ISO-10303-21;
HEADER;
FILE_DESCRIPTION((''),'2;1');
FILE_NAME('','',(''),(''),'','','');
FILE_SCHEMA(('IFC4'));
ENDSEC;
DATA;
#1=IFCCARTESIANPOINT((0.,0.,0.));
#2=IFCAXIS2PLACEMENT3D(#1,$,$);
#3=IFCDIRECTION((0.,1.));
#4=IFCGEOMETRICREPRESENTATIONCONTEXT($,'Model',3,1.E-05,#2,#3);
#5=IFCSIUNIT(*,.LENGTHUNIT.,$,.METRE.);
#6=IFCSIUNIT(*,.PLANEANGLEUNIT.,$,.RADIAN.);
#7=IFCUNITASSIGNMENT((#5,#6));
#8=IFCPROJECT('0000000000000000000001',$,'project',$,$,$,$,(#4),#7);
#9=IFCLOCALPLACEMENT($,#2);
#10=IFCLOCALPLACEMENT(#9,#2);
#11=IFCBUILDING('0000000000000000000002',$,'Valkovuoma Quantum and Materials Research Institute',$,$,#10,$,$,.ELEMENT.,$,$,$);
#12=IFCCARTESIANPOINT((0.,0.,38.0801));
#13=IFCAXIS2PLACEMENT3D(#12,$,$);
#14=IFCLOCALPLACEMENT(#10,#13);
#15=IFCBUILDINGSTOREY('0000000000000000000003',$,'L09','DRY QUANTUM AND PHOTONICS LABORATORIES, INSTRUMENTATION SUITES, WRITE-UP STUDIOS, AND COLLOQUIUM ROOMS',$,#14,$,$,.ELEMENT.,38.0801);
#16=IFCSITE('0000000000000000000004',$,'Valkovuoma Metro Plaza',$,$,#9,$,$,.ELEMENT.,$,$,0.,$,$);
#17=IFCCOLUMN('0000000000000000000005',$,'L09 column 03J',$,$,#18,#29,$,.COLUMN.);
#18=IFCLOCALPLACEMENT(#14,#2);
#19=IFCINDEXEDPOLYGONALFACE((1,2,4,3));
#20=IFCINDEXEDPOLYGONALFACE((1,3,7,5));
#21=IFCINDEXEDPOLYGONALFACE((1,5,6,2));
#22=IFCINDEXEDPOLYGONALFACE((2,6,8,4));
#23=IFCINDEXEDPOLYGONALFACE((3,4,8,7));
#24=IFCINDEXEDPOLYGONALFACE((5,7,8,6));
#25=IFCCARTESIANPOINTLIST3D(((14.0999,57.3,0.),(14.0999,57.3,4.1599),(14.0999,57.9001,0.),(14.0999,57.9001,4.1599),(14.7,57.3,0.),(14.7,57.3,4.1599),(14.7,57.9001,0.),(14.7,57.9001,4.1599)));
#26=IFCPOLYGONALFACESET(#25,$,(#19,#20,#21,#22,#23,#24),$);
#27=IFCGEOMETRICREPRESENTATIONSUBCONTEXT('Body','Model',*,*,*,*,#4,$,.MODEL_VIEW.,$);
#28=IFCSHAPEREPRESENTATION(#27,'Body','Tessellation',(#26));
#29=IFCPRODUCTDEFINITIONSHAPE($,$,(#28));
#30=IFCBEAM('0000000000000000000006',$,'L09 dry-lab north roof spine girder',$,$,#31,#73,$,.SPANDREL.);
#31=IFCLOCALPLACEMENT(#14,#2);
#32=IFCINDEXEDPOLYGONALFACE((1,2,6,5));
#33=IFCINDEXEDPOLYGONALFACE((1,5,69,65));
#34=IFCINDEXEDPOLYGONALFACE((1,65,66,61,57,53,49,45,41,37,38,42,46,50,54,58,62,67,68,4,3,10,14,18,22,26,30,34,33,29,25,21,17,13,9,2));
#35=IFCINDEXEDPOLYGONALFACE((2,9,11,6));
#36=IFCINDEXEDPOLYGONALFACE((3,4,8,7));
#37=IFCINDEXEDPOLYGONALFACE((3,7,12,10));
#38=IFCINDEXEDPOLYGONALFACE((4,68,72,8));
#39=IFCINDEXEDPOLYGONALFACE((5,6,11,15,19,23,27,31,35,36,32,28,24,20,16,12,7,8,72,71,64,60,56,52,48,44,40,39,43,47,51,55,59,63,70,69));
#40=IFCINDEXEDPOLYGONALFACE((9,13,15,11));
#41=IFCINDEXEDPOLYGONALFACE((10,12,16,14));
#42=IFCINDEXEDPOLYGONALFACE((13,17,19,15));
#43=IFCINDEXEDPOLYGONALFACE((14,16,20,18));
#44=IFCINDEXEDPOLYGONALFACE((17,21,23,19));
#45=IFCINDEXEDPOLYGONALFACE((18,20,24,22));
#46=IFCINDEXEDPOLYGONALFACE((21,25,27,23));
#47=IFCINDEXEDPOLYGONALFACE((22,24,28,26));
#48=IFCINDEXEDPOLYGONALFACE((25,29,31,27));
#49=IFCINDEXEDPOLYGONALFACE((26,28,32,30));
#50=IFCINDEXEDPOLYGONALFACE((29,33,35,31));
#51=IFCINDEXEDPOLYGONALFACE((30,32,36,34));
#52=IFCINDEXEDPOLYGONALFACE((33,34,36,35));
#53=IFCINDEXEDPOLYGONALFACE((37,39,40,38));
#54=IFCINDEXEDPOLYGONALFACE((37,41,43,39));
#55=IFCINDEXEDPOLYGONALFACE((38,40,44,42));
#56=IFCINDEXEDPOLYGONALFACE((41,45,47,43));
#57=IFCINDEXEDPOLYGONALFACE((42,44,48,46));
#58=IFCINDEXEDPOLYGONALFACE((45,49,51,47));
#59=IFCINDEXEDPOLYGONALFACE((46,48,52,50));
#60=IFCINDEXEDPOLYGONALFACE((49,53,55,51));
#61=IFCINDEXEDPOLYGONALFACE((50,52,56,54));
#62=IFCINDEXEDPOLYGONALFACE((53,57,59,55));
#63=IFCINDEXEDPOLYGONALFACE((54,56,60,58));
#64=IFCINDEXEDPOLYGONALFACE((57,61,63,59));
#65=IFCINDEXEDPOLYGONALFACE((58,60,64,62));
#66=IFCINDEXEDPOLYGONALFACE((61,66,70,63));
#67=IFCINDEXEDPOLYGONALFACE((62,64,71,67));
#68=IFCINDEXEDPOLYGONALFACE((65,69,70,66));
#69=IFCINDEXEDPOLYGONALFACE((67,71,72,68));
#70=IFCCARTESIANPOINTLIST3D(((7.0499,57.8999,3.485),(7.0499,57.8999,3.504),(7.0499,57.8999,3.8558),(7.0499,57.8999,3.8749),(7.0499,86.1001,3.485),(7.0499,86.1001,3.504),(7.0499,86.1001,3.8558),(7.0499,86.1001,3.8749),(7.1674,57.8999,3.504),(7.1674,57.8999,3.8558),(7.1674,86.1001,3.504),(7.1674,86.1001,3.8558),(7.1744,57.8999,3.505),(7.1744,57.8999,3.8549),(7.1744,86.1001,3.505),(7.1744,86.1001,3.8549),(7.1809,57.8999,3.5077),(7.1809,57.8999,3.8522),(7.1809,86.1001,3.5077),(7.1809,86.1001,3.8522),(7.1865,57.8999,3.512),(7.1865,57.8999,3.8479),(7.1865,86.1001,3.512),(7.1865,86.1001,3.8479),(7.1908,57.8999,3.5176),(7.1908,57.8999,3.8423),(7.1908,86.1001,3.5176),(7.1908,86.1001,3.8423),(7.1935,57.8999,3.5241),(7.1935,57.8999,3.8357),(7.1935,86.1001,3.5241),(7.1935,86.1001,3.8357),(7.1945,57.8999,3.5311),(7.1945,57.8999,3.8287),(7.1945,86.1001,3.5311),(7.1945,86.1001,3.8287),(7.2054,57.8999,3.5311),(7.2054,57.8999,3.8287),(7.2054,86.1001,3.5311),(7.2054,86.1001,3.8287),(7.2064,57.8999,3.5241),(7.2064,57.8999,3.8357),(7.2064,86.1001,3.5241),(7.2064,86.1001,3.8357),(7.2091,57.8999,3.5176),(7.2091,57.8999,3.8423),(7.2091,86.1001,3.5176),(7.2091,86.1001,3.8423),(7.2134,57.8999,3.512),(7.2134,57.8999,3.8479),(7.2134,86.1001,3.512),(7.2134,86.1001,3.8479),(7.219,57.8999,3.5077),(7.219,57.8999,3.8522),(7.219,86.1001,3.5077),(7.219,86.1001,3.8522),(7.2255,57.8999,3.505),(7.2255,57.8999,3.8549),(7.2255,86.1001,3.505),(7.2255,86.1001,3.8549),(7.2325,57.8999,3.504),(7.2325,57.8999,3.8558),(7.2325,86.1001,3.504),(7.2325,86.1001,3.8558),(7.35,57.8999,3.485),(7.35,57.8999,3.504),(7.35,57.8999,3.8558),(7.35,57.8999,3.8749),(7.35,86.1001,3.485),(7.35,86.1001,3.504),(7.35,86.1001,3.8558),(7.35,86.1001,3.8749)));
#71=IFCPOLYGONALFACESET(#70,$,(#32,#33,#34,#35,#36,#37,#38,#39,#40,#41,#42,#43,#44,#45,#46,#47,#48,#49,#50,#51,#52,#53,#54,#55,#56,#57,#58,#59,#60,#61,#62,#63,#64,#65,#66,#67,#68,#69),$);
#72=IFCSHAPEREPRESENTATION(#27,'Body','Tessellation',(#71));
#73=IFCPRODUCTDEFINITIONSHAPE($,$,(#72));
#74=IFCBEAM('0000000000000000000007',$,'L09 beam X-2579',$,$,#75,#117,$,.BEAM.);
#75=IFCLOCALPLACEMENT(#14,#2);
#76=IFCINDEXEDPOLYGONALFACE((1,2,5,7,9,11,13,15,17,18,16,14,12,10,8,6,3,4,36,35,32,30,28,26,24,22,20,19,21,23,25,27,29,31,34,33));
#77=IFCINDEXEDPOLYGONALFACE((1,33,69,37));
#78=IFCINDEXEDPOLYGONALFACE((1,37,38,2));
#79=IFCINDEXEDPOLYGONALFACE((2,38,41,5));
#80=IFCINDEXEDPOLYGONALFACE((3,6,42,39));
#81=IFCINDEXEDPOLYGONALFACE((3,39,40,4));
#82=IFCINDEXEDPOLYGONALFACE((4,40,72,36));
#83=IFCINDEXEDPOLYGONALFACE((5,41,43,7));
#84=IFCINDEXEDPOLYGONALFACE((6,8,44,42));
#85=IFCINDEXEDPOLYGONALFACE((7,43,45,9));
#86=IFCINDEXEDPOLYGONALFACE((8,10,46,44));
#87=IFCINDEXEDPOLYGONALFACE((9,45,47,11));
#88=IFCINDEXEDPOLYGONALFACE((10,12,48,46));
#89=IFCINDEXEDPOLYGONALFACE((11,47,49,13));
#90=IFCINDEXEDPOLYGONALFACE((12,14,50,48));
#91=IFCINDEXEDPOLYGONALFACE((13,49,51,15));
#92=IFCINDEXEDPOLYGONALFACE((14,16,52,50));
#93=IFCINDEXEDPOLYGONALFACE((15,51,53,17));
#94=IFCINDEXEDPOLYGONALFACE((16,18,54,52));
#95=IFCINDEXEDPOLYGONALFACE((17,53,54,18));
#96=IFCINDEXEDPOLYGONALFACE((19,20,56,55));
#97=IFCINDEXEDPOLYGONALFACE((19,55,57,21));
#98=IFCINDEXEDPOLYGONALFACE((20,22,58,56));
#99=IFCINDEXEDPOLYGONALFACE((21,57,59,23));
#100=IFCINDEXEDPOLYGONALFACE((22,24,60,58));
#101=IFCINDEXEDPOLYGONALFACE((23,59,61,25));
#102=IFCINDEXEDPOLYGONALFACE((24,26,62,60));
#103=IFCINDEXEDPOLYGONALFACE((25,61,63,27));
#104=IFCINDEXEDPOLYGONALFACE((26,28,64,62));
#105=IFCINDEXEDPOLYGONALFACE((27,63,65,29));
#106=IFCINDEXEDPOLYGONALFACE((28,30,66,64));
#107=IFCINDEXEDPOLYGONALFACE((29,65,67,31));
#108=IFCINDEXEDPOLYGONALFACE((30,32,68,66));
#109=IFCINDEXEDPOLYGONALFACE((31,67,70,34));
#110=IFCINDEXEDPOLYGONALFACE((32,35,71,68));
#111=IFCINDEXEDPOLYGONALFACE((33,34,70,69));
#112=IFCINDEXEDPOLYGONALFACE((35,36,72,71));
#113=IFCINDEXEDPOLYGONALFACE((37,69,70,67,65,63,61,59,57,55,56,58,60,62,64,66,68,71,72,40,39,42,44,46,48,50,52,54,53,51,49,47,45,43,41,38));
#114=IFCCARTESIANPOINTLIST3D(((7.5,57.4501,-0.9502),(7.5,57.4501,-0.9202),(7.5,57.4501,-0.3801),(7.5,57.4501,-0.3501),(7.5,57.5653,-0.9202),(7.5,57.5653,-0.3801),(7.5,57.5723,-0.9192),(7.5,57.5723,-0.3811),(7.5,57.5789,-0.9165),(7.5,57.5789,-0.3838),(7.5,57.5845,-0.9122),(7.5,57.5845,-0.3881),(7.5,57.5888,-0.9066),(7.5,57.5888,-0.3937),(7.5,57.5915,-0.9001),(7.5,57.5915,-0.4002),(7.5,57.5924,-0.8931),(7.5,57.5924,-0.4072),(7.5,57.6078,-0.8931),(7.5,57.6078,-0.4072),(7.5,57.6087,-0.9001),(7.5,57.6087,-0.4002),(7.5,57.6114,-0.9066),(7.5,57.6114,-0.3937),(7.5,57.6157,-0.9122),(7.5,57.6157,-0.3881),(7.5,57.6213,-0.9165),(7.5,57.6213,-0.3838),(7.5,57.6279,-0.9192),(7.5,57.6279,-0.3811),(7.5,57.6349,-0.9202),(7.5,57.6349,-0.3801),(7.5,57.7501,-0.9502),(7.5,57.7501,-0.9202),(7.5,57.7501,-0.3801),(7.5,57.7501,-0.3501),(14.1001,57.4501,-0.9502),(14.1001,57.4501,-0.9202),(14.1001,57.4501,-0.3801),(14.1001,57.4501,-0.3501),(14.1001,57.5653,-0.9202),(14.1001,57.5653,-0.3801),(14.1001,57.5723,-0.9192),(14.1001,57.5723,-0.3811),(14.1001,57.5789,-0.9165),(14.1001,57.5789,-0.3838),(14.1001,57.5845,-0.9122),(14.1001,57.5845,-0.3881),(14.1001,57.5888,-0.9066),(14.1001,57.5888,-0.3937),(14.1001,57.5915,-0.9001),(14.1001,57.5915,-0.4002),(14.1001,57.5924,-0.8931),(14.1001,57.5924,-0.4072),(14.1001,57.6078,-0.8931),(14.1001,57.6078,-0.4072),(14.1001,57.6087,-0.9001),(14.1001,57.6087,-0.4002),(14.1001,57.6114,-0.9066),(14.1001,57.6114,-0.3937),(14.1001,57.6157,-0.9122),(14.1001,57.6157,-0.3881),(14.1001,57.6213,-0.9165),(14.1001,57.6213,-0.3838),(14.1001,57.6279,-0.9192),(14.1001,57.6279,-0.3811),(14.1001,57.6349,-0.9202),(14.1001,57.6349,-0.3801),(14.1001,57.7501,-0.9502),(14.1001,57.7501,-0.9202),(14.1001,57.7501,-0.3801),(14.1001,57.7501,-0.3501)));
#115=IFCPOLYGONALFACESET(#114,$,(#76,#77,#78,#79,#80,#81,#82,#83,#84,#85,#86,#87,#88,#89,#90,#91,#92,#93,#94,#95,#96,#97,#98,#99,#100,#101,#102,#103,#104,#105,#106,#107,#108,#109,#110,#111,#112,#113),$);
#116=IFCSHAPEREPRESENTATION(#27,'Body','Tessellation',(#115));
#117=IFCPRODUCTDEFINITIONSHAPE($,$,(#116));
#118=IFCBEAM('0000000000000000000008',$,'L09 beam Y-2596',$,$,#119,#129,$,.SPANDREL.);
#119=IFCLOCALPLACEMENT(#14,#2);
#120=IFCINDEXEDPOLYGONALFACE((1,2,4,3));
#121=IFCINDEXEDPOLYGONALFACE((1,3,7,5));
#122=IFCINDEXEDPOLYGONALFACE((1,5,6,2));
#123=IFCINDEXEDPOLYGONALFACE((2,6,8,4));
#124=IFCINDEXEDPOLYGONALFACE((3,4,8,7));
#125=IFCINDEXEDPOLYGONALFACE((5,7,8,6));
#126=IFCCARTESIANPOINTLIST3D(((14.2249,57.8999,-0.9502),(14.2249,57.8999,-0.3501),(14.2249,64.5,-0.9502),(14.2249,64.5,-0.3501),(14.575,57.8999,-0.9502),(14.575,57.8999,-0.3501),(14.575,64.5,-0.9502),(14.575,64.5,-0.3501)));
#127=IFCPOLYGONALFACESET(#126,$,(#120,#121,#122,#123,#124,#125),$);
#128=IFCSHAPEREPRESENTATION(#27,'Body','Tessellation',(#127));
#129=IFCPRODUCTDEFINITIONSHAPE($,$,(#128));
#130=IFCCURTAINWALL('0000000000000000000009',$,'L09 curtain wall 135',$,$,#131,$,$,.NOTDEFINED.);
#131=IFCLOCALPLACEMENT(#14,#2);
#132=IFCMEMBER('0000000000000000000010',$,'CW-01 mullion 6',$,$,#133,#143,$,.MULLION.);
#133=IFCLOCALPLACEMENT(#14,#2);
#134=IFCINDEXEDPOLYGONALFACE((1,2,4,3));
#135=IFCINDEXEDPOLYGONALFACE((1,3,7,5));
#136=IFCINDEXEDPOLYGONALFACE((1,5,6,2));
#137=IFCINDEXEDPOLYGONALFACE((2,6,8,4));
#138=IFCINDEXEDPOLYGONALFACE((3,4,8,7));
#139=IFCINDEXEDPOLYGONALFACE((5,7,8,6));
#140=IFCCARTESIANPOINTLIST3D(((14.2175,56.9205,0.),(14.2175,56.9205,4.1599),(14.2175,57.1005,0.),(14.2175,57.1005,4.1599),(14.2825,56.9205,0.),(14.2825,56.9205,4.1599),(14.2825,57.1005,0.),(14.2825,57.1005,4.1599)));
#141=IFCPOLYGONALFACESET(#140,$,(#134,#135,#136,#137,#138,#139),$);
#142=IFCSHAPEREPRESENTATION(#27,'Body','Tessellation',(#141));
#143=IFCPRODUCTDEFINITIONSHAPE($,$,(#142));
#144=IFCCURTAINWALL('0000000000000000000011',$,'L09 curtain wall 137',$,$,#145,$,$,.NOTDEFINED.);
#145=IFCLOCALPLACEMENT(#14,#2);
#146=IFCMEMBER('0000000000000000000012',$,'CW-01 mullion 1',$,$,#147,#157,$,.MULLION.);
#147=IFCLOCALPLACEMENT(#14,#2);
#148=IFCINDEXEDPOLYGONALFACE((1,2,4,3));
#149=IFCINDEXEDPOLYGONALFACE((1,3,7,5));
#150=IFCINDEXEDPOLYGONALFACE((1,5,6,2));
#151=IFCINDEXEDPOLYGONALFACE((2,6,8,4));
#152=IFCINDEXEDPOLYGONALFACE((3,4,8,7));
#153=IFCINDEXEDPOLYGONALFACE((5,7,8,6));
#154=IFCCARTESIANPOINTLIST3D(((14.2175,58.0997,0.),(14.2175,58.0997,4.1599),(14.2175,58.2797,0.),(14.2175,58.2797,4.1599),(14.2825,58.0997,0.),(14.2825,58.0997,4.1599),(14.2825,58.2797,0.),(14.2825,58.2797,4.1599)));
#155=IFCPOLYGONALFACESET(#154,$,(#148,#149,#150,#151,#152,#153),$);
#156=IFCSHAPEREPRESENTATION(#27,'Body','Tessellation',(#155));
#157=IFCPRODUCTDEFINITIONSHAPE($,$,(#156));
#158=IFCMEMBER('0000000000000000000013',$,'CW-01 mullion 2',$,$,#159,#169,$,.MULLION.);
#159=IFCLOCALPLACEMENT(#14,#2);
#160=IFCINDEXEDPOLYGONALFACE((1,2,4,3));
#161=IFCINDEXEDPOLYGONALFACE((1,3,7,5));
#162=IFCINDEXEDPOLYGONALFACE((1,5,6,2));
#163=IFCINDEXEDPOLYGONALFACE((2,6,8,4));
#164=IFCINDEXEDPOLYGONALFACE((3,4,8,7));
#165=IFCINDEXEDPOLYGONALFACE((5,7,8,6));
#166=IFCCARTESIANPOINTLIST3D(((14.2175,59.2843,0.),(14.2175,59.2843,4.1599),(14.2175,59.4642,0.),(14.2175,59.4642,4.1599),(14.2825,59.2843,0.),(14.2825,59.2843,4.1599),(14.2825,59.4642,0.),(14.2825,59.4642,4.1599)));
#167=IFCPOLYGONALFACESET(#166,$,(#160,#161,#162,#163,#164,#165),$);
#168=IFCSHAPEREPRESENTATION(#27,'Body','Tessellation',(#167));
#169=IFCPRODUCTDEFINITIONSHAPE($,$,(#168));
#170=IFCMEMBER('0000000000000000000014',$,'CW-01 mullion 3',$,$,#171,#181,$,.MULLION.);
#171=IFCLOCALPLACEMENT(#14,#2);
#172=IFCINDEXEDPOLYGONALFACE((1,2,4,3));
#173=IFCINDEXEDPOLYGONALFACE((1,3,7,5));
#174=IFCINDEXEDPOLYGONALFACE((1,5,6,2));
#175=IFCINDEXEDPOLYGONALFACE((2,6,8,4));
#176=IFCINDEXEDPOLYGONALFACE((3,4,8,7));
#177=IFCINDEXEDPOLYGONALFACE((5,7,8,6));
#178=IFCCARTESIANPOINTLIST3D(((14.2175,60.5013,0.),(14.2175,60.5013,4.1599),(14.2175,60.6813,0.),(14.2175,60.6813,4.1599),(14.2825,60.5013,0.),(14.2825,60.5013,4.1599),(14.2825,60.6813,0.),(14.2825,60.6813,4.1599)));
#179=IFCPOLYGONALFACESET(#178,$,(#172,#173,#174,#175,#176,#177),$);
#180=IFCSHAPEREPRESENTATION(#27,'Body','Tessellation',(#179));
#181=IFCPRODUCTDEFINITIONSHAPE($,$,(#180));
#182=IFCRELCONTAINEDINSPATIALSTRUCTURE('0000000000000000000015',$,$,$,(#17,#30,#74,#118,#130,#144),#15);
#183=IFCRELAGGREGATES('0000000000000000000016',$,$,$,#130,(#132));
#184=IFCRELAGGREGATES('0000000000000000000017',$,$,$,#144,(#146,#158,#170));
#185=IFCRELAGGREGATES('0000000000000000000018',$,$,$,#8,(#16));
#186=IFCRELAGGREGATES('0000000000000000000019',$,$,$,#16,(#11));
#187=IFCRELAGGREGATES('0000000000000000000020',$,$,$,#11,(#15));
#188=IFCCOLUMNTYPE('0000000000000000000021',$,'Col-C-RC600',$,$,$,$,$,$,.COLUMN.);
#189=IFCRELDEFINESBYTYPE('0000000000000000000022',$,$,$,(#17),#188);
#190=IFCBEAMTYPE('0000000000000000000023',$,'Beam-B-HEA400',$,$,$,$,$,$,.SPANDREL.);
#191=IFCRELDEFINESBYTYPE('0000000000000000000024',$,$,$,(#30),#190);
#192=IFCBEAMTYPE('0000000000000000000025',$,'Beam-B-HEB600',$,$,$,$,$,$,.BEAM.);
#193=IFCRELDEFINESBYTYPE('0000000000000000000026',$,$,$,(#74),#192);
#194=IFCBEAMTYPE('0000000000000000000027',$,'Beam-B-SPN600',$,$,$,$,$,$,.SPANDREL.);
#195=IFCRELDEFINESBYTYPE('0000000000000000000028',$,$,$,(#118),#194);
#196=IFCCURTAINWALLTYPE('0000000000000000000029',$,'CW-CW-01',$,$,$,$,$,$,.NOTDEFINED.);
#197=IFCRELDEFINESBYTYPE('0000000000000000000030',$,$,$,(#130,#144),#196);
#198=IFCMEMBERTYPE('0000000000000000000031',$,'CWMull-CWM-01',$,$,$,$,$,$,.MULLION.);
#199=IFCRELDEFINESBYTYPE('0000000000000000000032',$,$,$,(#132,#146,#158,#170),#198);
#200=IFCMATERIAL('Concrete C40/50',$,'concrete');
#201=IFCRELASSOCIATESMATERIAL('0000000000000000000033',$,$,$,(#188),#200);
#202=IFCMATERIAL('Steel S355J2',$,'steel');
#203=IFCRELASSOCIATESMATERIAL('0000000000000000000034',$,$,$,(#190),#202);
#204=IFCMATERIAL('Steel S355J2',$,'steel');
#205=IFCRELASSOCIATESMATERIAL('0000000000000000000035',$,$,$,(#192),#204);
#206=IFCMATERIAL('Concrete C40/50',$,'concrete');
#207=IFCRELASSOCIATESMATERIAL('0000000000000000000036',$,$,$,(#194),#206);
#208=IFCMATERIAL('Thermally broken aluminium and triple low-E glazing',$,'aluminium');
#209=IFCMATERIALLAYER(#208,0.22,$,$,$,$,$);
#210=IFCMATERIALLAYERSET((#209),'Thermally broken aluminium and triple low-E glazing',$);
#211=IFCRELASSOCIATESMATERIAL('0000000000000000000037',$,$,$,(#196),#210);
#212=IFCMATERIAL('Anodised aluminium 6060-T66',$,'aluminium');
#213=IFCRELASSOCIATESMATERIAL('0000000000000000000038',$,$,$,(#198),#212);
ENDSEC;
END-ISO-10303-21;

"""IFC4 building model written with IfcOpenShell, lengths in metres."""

from ifc_helpers import new_model, si_unit, direction, frame, origin, origin_2d, place, context, subcontext, project, spatial, rectangle, i_section, extrude, material, layer, layer_set, material_profile, profile_set, type_object, element, aggregate, save


model = new_model("IFC4")

# Units and contexts
model_context = context("Model", 3, precision=1e-05, world=origin(), true_north=direction((0.0, 1.0)))
body_context = subcontext(model_context, "Body", "Model", "MODEL_VIEW")
ifc_project = project(units=[si_unit("LENGTHUNIT", "METRE"), si_unit("PLANEANGLEUNIT", "RADIAN")], contexts=[model_context])

# Site, building, storey
site_placement = place(None, origin())
site = spatial("IfcSite", under=ifc_project, at=site_placement, Name="Valkovuoma Metro Plaza", CompositionType="ELEMENT", RefElevation=0.0)
building_placement = place(site_placement, origin())
building = spatial("IfcBuilding", under=site, at=building_placement, Name="Valkovuoma Quantum and Materials Research Institute", CompositionType="ELEMENT")
storey_placement = place(building_placement, frame((0.0, 0.0, 38.0801)))
storey = spatial("IfcBuildingStorey", under=building, at=storey_placement, Name="L09", Description="DRY QUANTUM AND PHOTONICS LABORATORIES, INSTRUMENTATION SUITES, WRITE-UP STUDIOS, AND COLLOQUIUM ROOMS", CompositionType="ELEMENT", Elevation=38.0801)

# Column
ifc_material_1 = material(Name="Concrete C40/50", Category="concrete")
ifc_material_profile_1 = material_profile(ifc_material_1, rectangle(XDim=0.6001, YDim=0.6001, at=origin_2d()), Name="Concrete C40/50")
ifc_profile_set_1 = profile_set([ifc_material_profile_1], Name="Concrete C40/50")
column_type = type_object("IfcColumnType", Name="Col-C-RC600", PredefinedType="COLUMN", material=ifc_profile_set_1)
column_placement = place(storey_placement, frame((14.3999, 57.6001, 0.0), z_axis=(0.0, 0.0, 1.0), x_axis=(1.0, 0.0, 0.0)))
element("IfcColumn", 1, at=column_placement, inside=storey, type_object=column_type, Name="L09 column 03J", PredefinedType="COLUMN", context=body_context, shape_type="SweptSolid", body=[
    extrude(rectangle(XDim=0.6001, YDim=0.6001, at=origin_2d()), origin(), (0.0, 0.0, 1.0), 4.1599),
])

# Beams
ifc_material_2 = material(Name="Steel S355J2", Category="steel")
ifc_material_profile_2 = material_profile(ifc_material_2, i_section(OverallWidth=0.3, OverallDepth=0.3899, WebThickness=0.011, FlangeThickness=0.019, FilletRadius=0.0271, at=origin_2d()), Name="Steel S355J2")
ifc_profile_set_2 = profile_set([ifc_material_profile_2], Name="Steel S355J2")
beam_type_1 = type_object("IfcBeamType", Name="Beam-B-HEA400", PredefinedType="SPANDREL", material=ifc_profile_set_2)
beam_1_placement = place(storey_placement, frame((7.2, 57.8999, 3.6799), z_axis=(0.0, 1.0, 0.0), x_axis=(-1.0, 0.0, 0.0)))
element("IfcBeam", 2, at=beam_1_placement, inside=storey, type_object=beam_type_1, Name="L09 dry-lab north roof spine girder", PredefinedType="SPANDREL", context=body_context, shape_type="SweptSolid", body=[
    extrude(i_section(OverallWidth=0.3, OverallDepth=0.3899, WebThickness=0.011, FlangeThickness=0.019, FilletRadius=0.0271, at=origin_2d()), origin(), (0.0, 0.0, 1.0), 28.2002),
])
ifc_material_3 = material(Name="Steel S355J2", Category="steel")
ifc_material_profile_3 = material_profile(ifc_material_3, i_section(OverallWidth=0.3, OverallDepth=0.6001, WebThickness=0.0154, FlangeThickness=0.03, FilletRadius=0.0271, at=origin_2d()), Name="Steel S355J2")
ifc_profile_set_3 = profile_set([ifc_material_profile_3], Name="Steel S355J2")
beam_type_2 = type_object("IfcBeamType", Name="Beam-B-HEB600", PredefinedType="BEAM", material=ifc_profile_set_3)
beam_2_placement = place(storey_placement, frame((7.5, 57.6001, -0.6501), z_axis=(1.0, 0.0, 0.0), x_axis=(0.0, 1.0, 0.0)))
element("IfcBeam", 3, at=beam_2_placement, inside=storey, type_object=beam_type_2, Name="L09 beam X-2579", PredefinedType="BEAM", context=body_context, shape_type="SweptSolid", body=[
    extrude(i_section(OverallWidth=0.3, OverallDepth=0.6001, WebThickness=0.0154, FlangeThickness=0.03, FilletRadius=0.0271, at=origin_2d()), origin(), (0.0, 0.0, 1.0), 6.6001),
])
ifc_material_4 = material(Name="Concrete C40/50", Category="concrete")
ifc_material_profile_4 = material_profile(ifc_material_4, rectangle(XDim=0.3501, YDim=0.6001, at=origin_2d()), Name="Concrete C40/50")
ifc_profile_set_4 = profile_set([ifc_material_profile_4], Name="Concrete C40/50")
beam_type_3 = type_object("IfcBeamType", Name="Beam-B-SPN600", PredefinedType="SPANDREL", material=ifc_profile_set_4)
beam_3_placement = place(storey_placement, frame((14.3999, 57.8999, -0.6501), z_axis=(0.0, 1.0, 0.0), x_axis=(-1.0, 0.0, 0.0)))
element("IfcBeam", 4, at=beam_3_placement, inside=storey, type_object=beam_type_3, Name="L09 beam Y-2596", PredefinedType="SPANDREL", context=body_context, shape_type="SweptSolid", body=[
    extrude(rectangle(XDim=0.3501, YDim=0.6001, at=origin_2d()), origin(), (0.0, 0.0, 1.0), 6.6001),
])

# Curtain wall, member
ifc_material_5 = material(Name="Thermally broken aluminium and triple low-E glazing", Category="aluminium")
ifc_layer_1 = layer(ifc_material_5, 0.22)
ifc_layer_set_1 = layer_set([ifc_layer_1], Name="Thermally broken aluminium and triple low-E glazing")
curtain_wall_type = type_object("IfcCurtainWallType", Name="CW-CW-01", PredefinedType="NOTDEFINED", material=ifc_layer_set_1)
curtain_wall_1_placement = place(storey_placement, origin())
curtain_wall_1 = element("IfcCurtainWall", 5, at=curtain_wall_1_placement, inside=storey, type_object=curtain_wall_type, Name="L09 curtain wall 135", PredefinedType="NOTDEFINED")
ifc_material_6 = material(Name="Anodised aluminium 6060-T66", Category="aluminium")
ifc_material_profile_5 = material_profile(ifc_material_6, rectangle(XDim=0.0649, YDim=0.1799, at=origin_2d()), Name="Anodised aluminium 6060-T66")
ifc_profile_set_5 = profile_set([ifc_material_profile_5], Name="Anodised aluminium 6060-T66")
member_type_1 = type_object("IfcMemberType", Name="CWMull-CWM-01", PredefinedType="MULLION", material=ifc_profile_set_5)
member_1_placement = place(storey_placement, frame((14.25, 57.0105, 0.0), z_axis=(0.0, 0.0, 1.0), x_axis=(-1.0, 0.0, 0.0)))
member_1 = element("IfcMember", 6, at=member_1_placement, type_object=member_type_1, Name="CW-01 mullion 6", PredefinedType="MULLION", context=body_context, shape_type="SweptSolid", body=[
    extrude(rectangle(XDim=0.0649, YDim=0.1799, at=origin_2d()), origin(), (0.0, 0.0, 1.0), 4.1599),
])

# Curtain wall, members
curtain_wall_2_placement = place(storey_placement, origin())
curtain_wall_2 = element("IfcCurtainWall", 7, at=curtain_wall_2_placement, inside=storey, type_object=curtain_wall_type, Name="L09 curtain wall 137", PredefinedType="NOTDEFINED")
member_2_placement = place(storey_placement, frame((14.25, 58.1897, 0.0), z_axis=(0.0, 0.0, 1.0), x_axis=(-1.0, 0.0, 0.0)))
member_2 = element("IfcMember", 8, at=member_2_placement, type_object=member_type_1, Name="CW-01 mullion 1", PredefinedType="MULLION", context=body_context, shape_type="SweptSolid", body=[
    extrude(rectangle(XDim=0.0649, YDim=0.1799, at=origin_2d()), origin(), (0.0, 0.0, 1.0), 4.1599),
])
member_3_placement = place(storey_placement, frame((14.25, 59.3743, 0.0), z_axis=(0.0, 0.0, 1.0), x_axis=(-1.0, 0.0, 0.0)))
member_3 = element("IfcMember", 9, at=member_3_placement, type_object=member_type_1, Name="CW-01 mullion 2", PredefinedType="MULLION", context=body_context, shape_type="SweptSolid", body=[
    extrude(rectangle(XDim=0.0649, YDim=0.1799, at=origin_2d()), origin(), (0.0, 0.0, 1.0), 4.1599),
])
member_4_placement = place(storey_placement, frame((14.25, 60.5913, 0.0), z_axis=(0.0, 0.0, 1.0), x_axis=(-1.0, 0.0, 0.0)))
member_4 = element("IfcMember", 10, at=member_4_placement, type_object=member_type_1, Name="CW-01 mullion 3", PredefinedType="MULLION", context=body_context, shape_type="SweptSolid", body=[
    extrude(rectangle(XDim=0.0649, YDim=0.1799, at=origin_2d()), origin(), (0.0, 0.0, 1.0), 4.1599),
])

aggregate(curtain_wall_1, [member_1])
aggregate(curtain_wall_2, [member_2, member_3, member_4])

save(model, "model.ifc")
